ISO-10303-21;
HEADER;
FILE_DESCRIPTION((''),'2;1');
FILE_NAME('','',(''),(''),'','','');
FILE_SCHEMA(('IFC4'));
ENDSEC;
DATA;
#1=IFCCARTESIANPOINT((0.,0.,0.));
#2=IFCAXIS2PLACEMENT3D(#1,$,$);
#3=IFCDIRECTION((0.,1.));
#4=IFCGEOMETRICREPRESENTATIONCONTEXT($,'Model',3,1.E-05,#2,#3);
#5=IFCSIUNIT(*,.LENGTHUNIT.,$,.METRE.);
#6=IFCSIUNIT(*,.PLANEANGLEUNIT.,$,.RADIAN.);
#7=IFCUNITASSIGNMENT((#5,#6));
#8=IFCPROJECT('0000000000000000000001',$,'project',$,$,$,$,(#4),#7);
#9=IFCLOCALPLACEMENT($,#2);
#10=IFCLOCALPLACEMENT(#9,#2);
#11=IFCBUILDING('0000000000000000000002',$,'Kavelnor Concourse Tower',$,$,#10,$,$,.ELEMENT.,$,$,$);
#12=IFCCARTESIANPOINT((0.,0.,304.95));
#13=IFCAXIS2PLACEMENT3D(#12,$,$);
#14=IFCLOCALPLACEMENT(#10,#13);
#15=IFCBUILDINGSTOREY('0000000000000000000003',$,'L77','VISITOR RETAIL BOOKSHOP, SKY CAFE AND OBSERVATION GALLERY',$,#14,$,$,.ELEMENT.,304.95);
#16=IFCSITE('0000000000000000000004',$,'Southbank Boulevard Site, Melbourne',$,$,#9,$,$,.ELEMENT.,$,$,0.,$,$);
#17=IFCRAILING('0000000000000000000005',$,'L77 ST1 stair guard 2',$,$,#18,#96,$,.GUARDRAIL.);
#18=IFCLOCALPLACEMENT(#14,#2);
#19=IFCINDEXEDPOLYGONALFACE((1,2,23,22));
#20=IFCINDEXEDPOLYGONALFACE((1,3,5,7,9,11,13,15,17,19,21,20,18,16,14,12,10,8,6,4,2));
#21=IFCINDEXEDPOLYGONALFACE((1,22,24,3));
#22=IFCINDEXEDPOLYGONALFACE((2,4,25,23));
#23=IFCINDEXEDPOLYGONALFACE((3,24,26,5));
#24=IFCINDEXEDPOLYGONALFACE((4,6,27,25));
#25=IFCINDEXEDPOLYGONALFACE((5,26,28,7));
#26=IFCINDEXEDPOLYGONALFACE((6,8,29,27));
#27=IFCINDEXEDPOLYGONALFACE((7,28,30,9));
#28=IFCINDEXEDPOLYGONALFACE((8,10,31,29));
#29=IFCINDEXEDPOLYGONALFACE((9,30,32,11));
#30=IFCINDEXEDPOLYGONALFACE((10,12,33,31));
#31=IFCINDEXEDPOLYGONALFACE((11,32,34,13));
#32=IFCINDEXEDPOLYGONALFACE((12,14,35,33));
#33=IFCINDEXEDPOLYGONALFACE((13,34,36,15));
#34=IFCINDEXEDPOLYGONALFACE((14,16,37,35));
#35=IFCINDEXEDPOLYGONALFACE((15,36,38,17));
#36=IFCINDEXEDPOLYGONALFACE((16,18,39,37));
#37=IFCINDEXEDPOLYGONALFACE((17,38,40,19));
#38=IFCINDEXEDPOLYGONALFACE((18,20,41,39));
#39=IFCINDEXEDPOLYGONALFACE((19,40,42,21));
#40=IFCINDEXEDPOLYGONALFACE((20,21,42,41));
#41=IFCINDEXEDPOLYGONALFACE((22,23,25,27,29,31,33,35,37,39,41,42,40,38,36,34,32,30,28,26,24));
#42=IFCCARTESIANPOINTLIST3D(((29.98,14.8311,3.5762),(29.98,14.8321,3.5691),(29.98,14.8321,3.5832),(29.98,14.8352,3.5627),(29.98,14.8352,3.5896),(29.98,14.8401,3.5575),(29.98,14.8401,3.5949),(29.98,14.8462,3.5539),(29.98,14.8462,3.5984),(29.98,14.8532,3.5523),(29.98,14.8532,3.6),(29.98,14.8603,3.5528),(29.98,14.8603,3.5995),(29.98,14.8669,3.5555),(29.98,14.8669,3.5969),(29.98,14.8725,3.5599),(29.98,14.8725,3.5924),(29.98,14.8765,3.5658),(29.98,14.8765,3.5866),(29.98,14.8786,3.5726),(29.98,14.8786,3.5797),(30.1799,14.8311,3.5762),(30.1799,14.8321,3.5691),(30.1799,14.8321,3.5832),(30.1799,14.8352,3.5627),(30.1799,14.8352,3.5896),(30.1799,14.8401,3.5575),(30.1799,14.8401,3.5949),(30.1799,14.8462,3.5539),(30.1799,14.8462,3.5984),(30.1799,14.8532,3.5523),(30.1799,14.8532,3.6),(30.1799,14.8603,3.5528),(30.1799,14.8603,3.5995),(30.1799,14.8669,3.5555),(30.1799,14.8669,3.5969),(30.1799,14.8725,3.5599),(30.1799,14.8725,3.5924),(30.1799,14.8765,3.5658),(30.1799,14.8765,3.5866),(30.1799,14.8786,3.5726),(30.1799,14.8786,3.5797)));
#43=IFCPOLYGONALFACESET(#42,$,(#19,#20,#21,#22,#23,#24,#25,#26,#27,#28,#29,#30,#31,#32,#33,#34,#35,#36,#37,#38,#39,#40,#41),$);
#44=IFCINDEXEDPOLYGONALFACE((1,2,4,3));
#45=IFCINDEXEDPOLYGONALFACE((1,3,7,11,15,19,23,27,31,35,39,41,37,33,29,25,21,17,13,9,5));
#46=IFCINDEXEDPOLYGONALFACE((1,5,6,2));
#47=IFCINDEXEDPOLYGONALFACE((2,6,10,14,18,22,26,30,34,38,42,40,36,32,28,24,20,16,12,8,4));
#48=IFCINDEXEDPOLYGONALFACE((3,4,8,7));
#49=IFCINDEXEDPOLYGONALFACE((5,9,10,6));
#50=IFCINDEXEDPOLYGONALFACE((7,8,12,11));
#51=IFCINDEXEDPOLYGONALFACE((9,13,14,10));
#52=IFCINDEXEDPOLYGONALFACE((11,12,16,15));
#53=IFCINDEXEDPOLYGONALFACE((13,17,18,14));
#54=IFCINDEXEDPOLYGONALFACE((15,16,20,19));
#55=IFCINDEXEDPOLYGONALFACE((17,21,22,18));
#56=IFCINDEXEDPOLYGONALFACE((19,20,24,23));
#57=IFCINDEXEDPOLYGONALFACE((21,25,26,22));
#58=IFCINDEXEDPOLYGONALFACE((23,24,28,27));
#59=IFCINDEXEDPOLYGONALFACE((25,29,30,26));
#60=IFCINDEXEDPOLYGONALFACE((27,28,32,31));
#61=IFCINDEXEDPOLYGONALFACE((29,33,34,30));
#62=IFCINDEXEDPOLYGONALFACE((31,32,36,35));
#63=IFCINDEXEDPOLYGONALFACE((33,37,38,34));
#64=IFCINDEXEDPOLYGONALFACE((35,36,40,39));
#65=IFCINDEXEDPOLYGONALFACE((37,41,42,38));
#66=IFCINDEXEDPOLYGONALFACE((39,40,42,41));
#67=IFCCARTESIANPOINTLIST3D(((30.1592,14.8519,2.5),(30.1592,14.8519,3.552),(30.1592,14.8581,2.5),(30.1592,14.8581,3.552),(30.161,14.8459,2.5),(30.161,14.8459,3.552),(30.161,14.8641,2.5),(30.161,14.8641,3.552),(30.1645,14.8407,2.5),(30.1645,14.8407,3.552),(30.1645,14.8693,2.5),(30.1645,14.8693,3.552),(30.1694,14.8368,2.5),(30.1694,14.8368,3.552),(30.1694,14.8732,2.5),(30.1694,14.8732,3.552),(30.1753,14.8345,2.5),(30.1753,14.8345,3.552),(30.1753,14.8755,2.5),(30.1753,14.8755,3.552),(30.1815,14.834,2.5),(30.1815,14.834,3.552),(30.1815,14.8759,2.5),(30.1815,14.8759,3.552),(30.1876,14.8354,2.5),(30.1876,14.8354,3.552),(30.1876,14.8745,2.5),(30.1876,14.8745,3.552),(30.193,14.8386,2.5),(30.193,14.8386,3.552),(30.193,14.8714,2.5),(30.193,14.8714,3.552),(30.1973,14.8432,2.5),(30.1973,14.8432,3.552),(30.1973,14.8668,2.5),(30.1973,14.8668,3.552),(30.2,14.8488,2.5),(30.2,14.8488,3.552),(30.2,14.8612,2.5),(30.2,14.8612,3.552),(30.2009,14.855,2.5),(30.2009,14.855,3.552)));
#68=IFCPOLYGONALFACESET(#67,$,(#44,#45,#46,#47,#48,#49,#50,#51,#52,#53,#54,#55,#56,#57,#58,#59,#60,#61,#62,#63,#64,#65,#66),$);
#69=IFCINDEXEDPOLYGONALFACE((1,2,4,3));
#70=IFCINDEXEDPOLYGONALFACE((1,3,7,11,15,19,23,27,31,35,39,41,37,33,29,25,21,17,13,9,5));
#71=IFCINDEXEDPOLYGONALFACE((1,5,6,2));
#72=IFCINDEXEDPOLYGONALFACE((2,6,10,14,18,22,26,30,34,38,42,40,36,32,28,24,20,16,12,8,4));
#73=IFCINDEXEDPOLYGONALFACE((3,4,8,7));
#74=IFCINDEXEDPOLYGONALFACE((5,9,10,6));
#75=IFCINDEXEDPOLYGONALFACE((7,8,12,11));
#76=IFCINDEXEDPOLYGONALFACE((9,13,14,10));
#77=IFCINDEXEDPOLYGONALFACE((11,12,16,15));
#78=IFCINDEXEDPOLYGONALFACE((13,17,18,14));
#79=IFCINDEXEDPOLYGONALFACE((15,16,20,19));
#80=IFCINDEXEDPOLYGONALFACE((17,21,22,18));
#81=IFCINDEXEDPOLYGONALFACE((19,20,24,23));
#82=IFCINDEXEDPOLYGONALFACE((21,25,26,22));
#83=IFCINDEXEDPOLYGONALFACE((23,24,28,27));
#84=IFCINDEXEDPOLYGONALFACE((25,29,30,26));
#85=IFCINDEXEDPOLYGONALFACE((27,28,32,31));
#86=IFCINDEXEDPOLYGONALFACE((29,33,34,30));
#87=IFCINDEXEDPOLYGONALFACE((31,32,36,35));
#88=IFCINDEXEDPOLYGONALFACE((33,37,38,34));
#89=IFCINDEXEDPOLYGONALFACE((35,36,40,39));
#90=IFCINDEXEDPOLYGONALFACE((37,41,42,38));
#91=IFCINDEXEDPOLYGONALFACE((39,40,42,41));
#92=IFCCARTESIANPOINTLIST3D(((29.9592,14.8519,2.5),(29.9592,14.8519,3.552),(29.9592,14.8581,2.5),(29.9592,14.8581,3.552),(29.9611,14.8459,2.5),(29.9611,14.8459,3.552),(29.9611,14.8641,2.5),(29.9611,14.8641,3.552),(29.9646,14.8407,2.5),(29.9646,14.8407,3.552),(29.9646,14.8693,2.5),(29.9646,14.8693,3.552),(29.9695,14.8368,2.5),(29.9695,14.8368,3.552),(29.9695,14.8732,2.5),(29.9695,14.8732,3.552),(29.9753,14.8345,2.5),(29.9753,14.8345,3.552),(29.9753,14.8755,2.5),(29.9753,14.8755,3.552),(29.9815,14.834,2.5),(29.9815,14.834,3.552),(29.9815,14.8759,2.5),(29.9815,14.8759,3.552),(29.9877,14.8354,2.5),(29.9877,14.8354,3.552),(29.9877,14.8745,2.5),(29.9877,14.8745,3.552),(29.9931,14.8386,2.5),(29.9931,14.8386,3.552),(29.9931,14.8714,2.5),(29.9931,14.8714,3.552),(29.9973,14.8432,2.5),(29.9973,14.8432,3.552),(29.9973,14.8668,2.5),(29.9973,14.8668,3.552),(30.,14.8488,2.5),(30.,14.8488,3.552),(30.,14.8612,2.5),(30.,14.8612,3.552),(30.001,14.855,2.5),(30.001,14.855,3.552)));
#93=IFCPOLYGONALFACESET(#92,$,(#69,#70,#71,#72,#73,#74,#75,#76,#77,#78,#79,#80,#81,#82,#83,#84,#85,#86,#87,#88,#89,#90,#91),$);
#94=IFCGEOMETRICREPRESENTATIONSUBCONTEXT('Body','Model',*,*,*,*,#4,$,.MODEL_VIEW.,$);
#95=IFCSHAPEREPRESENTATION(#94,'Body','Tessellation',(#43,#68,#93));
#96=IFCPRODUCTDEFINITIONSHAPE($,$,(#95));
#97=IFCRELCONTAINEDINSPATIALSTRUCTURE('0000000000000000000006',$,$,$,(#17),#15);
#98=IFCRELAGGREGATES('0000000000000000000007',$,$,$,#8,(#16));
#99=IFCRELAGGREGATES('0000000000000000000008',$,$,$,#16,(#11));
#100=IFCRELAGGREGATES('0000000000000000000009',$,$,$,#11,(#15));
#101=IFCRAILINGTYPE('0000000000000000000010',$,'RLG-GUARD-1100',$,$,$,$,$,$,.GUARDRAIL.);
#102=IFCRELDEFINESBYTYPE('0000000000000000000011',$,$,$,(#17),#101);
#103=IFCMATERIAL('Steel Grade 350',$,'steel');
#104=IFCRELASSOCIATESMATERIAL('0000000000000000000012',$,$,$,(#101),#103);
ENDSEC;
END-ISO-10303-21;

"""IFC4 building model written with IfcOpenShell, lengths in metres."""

from ifc_helpers import new_model, si_unit, direction, frame, origin, origin_2d, place, context, subcontext, project, spatial, circle, extrude, material, type_object, element, save


model = new_model("IFC4")

# Units and contexts
model_context = context("Model", 3, precision=1e-05, world=origin(), true_north=direction((0.0, 1.0)))
body_context = subcontext(model_context, "Body", "Model", "MODEL_VIEW")
ifc_project = project(units=[si_unit("LENGTHUNIT", "METRE"), si_unit("PLANEANGLEUNIT", "RADIAN")], contexts=[model_context])

# Site, building, storey
site_placement = place(None, origin())
site = spatial("IfcSite", under=ifc_project, at=site_placement, Name="Southbank Boulevard Site, Melbourne", CompositionType="ELEMENT", RefElevation=0.0)
building_placement = place(site_placement, origin())
building = spatial("IfcBuilding", under=site, at=building_placement, Name="Kavelnor Concourse Tower", CompositionType="ELEMENT")
storey_placement = place(building_placement, frame((0.0, 0.0, 304.95)))
storey = spatial("IfcBuildingStorey", under=building, at=storey_placement, Name="L77", Description="VISITOR RETAIL BOOKSHOP, SKY CAFE AND OBSERVATION GALLERY", CompositionType="ELEMENT", Elevation=304.95)

# Shared definitions
ifc_material_1 = material(Name="Steel Grade 350", Category="steel")

# Railing
railing_type_1 = type_object("IfcRailingType", Name="RLG-GUARD-1100", PredefinedType="GUARDRAIL", material=ifc_material_1)
railing_1_placement = place(storey_placement, frame((30.1799, 14.855, 2.5)))
element("IfcRailing", 1, at=railing_1_placement, inside=storey, type_object=railing_type_1, Name="L77 ST1 stair guard 2", PredefinedType="GUARDRAIL", context=body_context, shape_type="SweptSolid", body=[
    extrude(circle(Radius=0.0239, at=origin_2d()), frame((0.0, 0.0, 1.0762), z_axis=(-1.0, 0.0, 0.0), x_axis=(0.0, -1.0, 0.0)), (0.0, 0.0, 1.0), 0.2),
    extrude(circle(Radius=0.021, at=origin_2d()), origin(), (0.0, 0.0, 1.0), 1.052),
    extrude(circle(Radius=0.021, at=origin_2d()), frame((-0.2, 0.0, 0.0)), (0.0, 0.0, 1.0), 1.052),
])

save(model, "model.ifc")
